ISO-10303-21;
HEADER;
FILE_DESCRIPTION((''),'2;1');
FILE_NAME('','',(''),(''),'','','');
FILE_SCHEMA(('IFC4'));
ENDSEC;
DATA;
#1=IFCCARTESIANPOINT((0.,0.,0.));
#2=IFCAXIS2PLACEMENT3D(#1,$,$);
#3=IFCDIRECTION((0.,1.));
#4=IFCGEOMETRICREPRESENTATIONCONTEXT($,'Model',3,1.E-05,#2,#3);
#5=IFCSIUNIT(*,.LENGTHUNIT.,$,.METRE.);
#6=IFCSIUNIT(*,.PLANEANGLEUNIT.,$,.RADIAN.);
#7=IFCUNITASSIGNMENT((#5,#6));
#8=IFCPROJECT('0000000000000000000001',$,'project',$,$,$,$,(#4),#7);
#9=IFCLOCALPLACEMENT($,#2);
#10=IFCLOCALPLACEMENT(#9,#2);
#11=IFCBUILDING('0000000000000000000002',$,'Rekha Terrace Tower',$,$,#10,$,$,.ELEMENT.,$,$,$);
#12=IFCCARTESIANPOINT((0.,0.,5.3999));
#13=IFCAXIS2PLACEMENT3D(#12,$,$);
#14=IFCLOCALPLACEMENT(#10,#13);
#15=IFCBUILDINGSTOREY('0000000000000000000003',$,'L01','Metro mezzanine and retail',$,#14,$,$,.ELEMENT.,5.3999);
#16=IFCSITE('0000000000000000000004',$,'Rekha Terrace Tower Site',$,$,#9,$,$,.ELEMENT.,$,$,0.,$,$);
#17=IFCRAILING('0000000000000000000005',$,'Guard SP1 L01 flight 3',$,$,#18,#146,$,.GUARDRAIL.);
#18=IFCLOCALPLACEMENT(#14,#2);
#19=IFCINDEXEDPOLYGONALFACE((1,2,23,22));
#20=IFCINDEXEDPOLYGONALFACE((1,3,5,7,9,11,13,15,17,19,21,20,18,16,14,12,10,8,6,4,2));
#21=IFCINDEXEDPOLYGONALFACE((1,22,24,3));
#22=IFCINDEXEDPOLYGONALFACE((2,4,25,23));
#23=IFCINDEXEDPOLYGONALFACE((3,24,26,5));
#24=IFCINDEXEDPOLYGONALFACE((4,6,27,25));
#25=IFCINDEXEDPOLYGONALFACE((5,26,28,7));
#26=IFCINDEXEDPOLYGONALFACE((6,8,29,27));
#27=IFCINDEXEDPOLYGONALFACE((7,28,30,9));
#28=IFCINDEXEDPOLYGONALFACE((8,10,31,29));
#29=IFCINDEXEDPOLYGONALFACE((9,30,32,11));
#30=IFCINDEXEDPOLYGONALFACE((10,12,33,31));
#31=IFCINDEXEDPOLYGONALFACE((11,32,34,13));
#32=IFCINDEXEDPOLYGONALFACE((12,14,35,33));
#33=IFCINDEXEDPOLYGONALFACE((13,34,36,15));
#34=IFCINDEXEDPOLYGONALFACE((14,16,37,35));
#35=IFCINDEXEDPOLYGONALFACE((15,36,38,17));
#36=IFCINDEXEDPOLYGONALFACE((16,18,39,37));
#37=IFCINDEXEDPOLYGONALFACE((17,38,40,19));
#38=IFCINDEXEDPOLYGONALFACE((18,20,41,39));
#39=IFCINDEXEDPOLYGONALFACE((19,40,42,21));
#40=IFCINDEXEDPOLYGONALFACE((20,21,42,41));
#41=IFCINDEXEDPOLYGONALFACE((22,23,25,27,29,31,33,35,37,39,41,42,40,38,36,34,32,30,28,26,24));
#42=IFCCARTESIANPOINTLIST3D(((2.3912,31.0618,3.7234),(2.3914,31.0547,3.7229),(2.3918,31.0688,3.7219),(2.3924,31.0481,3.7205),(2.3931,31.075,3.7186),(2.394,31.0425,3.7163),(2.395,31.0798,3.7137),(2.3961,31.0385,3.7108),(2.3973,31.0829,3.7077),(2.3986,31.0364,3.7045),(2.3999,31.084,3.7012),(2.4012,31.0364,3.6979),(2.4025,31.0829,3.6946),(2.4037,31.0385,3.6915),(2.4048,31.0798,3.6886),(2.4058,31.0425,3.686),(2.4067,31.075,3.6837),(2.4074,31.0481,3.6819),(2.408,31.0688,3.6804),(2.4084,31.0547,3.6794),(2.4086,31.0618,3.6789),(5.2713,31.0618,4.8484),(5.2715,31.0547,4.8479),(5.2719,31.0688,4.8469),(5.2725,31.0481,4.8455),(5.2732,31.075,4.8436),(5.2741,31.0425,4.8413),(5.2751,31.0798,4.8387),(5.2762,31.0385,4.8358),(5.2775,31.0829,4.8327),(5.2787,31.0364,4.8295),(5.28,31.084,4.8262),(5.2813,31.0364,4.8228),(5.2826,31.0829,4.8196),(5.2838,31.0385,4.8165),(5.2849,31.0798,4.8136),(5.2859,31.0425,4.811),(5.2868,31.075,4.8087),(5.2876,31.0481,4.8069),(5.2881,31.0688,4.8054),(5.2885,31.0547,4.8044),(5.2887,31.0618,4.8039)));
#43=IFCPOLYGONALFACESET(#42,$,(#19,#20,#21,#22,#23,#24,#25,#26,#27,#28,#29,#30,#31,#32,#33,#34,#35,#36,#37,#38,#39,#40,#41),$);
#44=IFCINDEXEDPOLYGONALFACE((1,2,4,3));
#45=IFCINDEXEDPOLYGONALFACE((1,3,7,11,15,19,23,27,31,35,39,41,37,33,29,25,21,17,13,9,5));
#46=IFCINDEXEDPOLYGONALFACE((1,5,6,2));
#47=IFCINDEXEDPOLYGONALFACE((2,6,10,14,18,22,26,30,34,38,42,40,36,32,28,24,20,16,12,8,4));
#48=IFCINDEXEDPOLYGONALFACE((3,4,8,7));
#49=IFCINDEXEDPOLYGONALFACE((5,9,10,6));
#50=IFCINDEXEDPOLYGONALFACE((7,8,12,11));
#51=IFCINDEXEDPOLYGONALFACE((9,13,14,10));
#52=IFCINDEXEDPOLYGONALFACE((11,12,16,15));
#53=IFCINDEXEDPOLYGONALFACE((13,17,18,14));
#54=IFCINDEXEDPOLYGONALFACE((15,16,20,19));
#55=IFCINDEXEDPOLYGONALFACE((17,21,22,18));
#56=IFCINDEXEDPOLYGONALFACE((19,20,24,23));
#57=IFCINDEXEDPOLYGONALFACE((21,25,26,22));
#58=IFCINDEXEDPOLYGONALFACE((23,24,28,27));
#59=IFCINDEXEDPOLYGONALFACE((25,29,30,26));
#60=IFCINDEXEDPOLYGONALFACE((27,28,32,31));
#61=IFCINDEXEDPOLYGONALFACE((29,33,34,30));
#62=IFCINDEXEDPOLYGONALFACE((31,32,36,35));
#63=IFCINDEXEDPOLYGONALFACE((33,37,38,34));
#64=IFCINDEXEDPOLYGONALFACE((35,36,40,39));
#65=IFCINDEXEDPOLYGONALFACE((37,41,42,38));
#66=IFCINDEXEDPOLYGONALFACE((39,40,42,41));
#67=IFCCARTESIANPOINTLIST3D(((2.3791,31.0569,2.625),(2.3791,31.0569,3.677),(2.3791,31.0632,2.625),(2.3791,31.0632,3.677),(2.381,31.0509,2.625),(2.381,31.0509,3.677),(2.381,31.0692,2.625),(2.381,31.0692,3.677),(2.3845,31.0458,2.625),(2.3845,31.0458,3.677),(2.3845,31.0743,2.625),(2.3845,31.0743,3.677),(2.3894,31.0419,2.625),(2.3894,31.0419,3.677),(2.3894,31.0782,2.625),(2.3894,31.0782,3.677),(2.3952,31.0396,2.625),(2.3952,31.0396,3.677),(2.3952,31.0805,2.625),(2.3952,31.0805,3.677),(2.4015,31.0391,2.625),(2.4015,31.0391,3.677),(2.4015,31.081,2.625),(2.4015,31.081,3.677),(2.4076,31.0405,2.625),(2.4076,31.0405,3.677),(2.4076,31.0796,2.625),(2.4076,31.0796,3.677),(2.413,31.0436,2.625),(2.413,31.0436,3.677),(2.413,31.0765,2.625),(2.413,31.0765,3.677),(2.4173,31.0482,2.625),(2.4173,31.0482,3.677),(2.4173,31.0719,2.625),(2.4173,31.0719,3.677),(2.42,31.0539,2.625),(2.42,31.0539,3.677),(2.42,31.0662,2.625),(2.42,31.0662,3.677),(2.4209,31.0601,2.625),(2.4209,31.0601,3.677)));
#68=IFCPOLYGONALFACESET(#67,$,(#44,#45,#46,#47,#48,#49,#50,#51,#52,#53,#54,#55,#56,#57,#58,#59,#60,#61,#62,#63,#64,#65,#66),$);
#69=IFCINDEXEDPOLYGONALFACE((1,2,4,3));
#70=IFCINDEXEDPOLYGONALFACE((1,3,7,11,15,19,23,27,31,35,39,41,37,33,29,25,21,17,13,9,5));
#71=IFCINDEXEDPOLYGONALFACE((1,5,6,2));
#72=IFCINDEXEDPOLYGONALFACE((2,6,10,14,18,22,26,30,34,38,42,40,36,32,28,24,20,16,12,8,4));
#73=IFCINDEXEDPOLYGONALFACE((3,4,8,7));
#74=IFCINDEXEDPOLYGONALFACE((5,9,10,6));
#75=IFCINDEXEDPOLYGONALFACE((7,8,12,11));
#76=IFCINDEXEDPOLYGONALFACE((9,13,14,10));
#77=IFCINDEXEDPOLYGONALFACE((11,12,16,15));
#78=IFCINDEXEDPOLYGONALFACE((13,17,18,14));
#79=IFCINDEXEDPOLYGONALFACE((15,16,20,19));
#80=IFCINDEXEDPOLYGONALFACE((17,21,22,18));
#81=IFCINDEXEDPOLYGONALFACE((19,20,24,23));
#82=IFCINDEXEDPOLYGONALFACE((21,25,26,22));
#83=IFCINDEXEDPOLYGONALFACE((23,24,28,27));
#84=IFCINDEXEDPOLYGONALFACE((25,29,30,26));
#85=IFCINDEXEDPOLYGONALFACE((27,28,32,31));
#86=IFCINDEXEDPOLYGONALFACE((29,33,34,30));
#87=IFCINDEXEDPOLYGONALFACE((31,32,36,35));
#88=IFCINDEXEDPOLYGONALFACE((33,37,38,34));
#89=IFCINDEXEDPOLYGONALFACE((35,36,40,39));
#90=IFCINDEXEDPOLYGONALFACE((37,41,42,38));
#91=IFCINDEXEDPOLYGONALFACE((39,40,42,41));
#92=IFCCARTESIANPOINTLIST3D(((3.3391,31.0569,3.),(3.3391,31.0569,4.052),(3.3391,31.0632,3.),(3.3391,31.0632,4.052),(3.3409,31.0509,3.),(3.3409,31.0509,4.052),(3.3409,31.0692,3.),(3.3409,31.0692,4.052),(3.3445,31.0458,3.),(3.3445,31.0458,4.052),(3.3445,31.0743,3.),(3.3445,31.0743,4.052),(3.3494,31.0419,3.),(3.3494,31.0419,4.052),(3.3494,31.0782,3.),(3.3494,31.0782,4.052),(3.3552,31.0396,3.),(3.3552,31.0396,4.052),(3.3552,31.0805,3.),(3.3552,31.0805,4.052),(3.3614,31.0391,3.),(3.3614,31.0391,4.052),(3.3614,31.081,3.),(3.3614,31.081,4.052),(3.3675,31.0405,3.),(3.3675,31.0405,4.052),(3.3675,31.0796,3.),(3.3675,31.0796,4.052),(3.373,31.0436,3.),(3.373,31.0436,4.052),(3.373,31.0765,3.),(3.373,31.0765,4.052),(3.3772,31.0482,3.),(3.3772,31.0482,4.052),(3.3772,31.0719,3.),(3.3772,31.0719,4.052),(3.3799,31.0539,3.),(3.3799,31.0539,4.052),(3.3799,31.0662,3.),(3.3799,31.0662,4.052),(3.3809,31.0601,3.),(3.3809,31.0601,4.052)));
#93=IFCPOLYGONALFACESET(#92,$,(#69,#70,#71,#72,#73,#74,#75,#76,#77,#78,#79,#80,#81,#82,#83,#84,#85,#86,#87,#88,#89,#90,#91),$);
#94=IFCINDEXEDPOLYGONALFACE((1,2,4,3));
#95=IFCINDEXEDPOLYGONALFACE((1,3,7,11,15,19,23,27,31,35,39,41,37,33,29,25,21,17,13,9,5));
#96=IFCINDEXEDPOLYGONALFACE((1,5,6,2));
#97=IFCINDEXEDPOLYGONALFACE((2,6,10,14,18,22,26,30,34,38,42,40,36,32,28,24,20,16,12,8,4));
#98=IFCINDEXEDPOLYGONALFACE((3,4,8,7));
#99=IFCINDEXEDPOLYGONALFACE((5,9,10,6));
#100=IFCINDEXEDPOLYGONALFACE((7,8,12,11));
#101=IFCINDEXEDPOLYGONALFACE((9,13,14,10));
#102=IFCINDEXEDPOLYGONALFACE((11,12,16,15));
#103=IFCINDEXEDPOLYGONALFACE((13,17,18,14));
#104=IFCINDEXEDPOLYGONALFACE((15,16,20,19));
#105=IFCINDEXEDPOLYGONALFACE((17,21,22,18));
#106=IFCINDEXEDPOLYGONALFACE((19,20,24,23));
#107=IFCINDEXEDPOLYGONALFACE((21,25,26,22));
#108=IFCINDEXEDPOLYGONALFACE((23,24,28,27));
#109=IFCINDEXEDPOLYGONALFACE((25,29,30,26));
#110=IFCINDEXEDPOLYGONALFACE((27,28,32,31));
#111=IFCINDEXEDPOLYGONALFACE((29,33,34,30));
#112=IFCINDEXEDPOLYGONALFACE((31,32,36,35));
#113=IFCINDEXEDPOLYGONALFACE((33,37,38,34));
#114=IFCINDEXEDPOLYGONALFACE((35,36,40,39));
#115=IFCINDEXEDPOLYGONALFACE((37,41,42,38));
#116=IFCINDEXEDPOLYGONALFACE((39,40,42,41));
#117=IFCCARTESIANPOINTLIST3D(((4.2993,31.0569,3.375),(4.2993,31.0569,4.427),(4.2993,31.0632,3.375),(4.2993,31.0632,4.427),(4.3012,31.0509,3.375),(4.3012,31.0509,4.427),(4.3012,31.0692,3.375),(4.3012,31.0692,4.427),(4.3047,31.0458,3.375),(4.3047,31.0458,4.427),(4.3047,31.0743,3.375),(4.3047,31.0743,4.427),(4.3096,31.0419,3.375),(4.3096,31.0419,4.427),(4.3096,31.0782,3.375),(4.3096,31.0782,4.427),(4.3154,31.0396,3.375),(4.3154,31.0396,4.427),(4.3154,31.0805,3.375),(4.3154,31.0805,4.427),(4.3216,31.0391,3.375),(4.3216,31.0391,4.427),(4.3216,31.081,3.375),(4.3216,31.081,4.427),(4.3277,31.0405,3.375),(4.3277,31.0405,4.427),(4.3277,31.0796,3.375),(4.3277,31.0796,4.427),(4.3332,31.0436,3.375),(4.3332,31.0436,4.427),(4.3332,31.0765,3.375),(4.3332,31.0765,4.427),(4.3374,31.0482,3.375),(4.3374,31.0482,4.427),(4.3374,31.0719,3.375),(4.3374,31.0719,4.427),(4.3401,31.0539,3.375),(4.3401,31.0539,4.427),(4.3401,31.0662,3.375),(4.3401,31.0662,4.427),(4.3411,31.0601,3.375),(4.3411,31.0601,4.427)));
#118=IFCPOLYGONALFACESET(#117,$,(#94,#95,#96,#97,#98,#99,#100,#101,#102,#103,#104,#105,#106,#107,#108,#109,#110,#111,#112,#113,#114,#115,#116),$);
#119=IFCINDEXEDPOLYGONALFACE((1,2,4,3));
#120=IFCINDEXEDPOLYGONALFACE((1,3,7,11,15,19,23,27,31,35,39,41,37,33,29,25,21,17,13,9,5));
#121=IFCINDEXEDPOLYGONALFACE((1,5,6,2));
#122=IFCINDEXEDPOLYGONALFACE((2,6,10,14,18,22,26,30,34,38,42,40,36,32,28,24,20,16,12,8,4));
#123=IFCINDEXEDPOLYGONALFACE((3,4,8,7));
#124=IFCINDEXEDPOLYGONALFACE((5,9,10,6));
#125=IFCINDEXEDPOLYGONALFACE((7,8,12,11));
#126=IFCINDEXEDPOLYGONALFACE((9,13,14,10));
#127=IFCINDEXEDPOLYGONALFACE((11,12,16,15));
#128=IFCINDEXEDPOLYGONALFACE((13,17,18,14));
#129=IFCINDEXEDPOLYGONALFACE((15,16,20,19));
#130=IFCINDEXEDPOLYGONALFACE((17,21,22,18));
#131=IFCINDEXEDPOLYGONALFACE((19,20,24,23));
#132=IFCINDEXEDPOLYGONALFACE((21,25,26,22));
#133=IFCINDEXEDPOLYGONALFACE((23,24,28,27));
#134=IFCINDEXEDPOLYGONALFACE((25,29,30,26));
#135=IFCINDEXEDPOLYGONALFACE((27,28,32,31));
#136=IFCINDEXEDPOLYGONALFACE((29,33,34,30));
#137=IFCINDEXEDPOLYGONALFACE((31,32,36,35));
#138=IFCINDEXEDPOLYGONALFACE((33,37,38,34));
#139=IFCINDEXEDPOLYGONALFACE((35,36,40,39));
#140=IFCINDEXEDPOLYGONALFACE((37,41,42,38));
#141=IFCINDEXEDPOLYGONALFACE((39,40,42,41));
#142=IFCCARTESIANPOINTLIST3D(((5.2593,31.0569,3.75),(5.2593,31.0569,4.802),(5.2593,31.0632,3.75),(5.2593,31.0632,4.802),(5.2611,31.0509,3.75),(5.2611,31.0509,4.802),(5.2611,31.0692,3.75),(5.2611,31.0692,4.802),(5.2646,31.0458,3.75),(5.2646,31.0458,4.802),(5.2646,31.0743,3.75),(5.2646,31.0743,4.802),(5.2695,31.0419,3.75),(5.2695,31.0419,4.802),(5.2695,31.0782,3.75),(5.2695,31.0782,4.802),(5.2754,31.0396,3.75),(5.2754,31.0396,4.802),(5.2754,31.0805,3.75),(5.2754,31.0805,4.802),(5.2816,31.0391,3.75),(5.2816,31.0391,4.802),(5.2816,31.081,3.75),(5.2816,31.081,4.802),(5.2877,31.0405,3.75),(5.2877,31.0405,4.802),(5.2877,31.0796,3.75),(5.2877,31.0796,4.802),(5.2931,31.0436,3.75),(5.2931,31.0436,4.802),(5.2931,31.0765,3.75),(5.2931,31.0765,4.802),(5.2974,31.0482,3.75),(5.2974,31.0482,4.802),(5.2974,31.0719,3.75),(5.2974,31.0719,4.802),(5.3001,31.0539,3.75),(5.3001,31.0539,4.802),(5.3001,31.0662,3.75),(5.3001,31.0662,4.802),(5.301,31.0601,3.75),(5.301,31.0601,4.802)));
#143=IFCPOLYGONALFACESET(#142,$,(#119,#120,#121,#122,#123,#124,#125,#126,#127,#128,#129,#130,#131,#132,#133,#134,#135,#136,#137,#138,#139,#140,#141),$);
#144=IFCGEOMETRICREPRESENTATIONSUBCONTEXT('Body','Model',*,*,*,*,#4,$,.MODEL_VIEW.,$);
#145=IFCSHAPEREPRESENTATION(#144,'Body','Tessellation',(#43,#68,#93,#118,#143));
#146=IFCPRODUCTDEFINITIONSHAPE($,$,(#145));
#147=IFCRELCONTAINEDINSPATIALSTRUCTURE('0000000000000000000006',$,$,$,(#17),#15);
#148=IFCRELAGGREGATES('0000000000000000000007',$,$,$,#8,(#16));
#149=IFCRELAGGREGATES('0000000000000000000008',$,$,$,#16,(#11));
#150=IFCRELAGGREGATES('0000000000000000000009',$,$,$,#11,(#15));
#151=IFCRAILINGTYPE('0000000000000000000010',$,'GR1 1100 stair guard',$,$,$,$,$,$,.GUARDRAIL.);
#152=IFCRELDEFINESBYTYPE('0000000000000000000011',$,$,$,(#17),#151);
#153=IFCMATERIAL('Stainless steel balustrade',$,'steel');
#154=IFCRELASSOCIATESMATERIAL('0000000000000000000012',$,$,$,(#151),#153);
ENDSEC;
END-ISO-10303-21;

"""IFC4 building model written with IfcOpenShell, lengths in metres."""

from ifc_helpers import new_model, si_unit, direction, frame, origin, origin_2d, place, context, subcontext, project, spatial, circle, extrude, material, type_object, element, save


model = new_model("IFC4")

# Units and contexts
model_context = context("Model", 3, precision=1e-05, world=origin(), true_north=direction((0.0, 1.0)))
body_context = subcontext(model_context, "Body", "Model", "MODEL_VIEW")
ifc_project = project(units=[si_unit("LENGTHUNIT", "METRE"), si_unit("PLANEANGLEUNIT", "RADIAN")], contexts=[model_context])

# Site, building, storey
site_placement = place(None, origin())
site = spatial("IfcSite", under=ifc_project, at=site_placement, Name="Rekha Terrace Tower Site", CompositionType="ELEMENT", RefElevation=0.0)
building_placement = place(site_placement, origin())
building = spatial("IfcBuilding", under=site, at=building_placement, Name="Rekha Terrace Tower", CompositionType="ELEMENT")
storey_placement = place(building_placement, frame((0.0, 0.0, 5.3999)))
storey = spatial("IfcBuildingStorey", under=building, at=storey_placement, Name="L01", Description="Metro mezzanine and retail", CompositionType="ELEMENT", Elevation=5.3999)

# Railing
ifc_material_1 = material(Name="Stainless steel balustrade", Category="steel")
railing_type_1 = type_object("IfcRailingType", Name="GR1 1100 stair guard", PredefinedType="GUARDRAIL", material=ifc_material_1)
railing_1_placement = place(storey_placement, frame((2.3999, 31.0601, 2.625)))
element("IfcRailing", 1, at=railing_1_placement, inside=storey, type_object=railing_type_1, Name="Guard SP1 L01 flight 3", PredefinedType="GUARDRAIL", context=body_context, shape_type="SweptSolid", body=[
    extrude(circle(Radius=0.0239, at=origin_2d()), frame((0.0, 0.0, 1.0762), z_axis=(0.931463, 0.0, 0.363837), x_axis=(0.0, 1.0, 0.0)), (0.0, 0.0, 1.0), 3.092),
    extrude(circle(Radius=0.021, at=origin_2d()), origin(), (0.0, 0.0, 1.0), 1.052),
    extrude(circle(Radius=0.021, at=origin_2d()), frame((0.96, 0.0, 0.375)), (0.0, 0.0, 1.0), 1.052),
    extrude(circle(Radius=0.021, at=origin_2d()), frame((1.9202, 0.0, 0.75)), (0.0, 0.0, 1.0), 1.052),
    extrude(circle(Radius=0.021, at=origin_2d()), frame((2.8801, 0.0, 1.125)), (0.0, 0.0, 1.0), 1.052),
])

save(model, "model.ifc")
